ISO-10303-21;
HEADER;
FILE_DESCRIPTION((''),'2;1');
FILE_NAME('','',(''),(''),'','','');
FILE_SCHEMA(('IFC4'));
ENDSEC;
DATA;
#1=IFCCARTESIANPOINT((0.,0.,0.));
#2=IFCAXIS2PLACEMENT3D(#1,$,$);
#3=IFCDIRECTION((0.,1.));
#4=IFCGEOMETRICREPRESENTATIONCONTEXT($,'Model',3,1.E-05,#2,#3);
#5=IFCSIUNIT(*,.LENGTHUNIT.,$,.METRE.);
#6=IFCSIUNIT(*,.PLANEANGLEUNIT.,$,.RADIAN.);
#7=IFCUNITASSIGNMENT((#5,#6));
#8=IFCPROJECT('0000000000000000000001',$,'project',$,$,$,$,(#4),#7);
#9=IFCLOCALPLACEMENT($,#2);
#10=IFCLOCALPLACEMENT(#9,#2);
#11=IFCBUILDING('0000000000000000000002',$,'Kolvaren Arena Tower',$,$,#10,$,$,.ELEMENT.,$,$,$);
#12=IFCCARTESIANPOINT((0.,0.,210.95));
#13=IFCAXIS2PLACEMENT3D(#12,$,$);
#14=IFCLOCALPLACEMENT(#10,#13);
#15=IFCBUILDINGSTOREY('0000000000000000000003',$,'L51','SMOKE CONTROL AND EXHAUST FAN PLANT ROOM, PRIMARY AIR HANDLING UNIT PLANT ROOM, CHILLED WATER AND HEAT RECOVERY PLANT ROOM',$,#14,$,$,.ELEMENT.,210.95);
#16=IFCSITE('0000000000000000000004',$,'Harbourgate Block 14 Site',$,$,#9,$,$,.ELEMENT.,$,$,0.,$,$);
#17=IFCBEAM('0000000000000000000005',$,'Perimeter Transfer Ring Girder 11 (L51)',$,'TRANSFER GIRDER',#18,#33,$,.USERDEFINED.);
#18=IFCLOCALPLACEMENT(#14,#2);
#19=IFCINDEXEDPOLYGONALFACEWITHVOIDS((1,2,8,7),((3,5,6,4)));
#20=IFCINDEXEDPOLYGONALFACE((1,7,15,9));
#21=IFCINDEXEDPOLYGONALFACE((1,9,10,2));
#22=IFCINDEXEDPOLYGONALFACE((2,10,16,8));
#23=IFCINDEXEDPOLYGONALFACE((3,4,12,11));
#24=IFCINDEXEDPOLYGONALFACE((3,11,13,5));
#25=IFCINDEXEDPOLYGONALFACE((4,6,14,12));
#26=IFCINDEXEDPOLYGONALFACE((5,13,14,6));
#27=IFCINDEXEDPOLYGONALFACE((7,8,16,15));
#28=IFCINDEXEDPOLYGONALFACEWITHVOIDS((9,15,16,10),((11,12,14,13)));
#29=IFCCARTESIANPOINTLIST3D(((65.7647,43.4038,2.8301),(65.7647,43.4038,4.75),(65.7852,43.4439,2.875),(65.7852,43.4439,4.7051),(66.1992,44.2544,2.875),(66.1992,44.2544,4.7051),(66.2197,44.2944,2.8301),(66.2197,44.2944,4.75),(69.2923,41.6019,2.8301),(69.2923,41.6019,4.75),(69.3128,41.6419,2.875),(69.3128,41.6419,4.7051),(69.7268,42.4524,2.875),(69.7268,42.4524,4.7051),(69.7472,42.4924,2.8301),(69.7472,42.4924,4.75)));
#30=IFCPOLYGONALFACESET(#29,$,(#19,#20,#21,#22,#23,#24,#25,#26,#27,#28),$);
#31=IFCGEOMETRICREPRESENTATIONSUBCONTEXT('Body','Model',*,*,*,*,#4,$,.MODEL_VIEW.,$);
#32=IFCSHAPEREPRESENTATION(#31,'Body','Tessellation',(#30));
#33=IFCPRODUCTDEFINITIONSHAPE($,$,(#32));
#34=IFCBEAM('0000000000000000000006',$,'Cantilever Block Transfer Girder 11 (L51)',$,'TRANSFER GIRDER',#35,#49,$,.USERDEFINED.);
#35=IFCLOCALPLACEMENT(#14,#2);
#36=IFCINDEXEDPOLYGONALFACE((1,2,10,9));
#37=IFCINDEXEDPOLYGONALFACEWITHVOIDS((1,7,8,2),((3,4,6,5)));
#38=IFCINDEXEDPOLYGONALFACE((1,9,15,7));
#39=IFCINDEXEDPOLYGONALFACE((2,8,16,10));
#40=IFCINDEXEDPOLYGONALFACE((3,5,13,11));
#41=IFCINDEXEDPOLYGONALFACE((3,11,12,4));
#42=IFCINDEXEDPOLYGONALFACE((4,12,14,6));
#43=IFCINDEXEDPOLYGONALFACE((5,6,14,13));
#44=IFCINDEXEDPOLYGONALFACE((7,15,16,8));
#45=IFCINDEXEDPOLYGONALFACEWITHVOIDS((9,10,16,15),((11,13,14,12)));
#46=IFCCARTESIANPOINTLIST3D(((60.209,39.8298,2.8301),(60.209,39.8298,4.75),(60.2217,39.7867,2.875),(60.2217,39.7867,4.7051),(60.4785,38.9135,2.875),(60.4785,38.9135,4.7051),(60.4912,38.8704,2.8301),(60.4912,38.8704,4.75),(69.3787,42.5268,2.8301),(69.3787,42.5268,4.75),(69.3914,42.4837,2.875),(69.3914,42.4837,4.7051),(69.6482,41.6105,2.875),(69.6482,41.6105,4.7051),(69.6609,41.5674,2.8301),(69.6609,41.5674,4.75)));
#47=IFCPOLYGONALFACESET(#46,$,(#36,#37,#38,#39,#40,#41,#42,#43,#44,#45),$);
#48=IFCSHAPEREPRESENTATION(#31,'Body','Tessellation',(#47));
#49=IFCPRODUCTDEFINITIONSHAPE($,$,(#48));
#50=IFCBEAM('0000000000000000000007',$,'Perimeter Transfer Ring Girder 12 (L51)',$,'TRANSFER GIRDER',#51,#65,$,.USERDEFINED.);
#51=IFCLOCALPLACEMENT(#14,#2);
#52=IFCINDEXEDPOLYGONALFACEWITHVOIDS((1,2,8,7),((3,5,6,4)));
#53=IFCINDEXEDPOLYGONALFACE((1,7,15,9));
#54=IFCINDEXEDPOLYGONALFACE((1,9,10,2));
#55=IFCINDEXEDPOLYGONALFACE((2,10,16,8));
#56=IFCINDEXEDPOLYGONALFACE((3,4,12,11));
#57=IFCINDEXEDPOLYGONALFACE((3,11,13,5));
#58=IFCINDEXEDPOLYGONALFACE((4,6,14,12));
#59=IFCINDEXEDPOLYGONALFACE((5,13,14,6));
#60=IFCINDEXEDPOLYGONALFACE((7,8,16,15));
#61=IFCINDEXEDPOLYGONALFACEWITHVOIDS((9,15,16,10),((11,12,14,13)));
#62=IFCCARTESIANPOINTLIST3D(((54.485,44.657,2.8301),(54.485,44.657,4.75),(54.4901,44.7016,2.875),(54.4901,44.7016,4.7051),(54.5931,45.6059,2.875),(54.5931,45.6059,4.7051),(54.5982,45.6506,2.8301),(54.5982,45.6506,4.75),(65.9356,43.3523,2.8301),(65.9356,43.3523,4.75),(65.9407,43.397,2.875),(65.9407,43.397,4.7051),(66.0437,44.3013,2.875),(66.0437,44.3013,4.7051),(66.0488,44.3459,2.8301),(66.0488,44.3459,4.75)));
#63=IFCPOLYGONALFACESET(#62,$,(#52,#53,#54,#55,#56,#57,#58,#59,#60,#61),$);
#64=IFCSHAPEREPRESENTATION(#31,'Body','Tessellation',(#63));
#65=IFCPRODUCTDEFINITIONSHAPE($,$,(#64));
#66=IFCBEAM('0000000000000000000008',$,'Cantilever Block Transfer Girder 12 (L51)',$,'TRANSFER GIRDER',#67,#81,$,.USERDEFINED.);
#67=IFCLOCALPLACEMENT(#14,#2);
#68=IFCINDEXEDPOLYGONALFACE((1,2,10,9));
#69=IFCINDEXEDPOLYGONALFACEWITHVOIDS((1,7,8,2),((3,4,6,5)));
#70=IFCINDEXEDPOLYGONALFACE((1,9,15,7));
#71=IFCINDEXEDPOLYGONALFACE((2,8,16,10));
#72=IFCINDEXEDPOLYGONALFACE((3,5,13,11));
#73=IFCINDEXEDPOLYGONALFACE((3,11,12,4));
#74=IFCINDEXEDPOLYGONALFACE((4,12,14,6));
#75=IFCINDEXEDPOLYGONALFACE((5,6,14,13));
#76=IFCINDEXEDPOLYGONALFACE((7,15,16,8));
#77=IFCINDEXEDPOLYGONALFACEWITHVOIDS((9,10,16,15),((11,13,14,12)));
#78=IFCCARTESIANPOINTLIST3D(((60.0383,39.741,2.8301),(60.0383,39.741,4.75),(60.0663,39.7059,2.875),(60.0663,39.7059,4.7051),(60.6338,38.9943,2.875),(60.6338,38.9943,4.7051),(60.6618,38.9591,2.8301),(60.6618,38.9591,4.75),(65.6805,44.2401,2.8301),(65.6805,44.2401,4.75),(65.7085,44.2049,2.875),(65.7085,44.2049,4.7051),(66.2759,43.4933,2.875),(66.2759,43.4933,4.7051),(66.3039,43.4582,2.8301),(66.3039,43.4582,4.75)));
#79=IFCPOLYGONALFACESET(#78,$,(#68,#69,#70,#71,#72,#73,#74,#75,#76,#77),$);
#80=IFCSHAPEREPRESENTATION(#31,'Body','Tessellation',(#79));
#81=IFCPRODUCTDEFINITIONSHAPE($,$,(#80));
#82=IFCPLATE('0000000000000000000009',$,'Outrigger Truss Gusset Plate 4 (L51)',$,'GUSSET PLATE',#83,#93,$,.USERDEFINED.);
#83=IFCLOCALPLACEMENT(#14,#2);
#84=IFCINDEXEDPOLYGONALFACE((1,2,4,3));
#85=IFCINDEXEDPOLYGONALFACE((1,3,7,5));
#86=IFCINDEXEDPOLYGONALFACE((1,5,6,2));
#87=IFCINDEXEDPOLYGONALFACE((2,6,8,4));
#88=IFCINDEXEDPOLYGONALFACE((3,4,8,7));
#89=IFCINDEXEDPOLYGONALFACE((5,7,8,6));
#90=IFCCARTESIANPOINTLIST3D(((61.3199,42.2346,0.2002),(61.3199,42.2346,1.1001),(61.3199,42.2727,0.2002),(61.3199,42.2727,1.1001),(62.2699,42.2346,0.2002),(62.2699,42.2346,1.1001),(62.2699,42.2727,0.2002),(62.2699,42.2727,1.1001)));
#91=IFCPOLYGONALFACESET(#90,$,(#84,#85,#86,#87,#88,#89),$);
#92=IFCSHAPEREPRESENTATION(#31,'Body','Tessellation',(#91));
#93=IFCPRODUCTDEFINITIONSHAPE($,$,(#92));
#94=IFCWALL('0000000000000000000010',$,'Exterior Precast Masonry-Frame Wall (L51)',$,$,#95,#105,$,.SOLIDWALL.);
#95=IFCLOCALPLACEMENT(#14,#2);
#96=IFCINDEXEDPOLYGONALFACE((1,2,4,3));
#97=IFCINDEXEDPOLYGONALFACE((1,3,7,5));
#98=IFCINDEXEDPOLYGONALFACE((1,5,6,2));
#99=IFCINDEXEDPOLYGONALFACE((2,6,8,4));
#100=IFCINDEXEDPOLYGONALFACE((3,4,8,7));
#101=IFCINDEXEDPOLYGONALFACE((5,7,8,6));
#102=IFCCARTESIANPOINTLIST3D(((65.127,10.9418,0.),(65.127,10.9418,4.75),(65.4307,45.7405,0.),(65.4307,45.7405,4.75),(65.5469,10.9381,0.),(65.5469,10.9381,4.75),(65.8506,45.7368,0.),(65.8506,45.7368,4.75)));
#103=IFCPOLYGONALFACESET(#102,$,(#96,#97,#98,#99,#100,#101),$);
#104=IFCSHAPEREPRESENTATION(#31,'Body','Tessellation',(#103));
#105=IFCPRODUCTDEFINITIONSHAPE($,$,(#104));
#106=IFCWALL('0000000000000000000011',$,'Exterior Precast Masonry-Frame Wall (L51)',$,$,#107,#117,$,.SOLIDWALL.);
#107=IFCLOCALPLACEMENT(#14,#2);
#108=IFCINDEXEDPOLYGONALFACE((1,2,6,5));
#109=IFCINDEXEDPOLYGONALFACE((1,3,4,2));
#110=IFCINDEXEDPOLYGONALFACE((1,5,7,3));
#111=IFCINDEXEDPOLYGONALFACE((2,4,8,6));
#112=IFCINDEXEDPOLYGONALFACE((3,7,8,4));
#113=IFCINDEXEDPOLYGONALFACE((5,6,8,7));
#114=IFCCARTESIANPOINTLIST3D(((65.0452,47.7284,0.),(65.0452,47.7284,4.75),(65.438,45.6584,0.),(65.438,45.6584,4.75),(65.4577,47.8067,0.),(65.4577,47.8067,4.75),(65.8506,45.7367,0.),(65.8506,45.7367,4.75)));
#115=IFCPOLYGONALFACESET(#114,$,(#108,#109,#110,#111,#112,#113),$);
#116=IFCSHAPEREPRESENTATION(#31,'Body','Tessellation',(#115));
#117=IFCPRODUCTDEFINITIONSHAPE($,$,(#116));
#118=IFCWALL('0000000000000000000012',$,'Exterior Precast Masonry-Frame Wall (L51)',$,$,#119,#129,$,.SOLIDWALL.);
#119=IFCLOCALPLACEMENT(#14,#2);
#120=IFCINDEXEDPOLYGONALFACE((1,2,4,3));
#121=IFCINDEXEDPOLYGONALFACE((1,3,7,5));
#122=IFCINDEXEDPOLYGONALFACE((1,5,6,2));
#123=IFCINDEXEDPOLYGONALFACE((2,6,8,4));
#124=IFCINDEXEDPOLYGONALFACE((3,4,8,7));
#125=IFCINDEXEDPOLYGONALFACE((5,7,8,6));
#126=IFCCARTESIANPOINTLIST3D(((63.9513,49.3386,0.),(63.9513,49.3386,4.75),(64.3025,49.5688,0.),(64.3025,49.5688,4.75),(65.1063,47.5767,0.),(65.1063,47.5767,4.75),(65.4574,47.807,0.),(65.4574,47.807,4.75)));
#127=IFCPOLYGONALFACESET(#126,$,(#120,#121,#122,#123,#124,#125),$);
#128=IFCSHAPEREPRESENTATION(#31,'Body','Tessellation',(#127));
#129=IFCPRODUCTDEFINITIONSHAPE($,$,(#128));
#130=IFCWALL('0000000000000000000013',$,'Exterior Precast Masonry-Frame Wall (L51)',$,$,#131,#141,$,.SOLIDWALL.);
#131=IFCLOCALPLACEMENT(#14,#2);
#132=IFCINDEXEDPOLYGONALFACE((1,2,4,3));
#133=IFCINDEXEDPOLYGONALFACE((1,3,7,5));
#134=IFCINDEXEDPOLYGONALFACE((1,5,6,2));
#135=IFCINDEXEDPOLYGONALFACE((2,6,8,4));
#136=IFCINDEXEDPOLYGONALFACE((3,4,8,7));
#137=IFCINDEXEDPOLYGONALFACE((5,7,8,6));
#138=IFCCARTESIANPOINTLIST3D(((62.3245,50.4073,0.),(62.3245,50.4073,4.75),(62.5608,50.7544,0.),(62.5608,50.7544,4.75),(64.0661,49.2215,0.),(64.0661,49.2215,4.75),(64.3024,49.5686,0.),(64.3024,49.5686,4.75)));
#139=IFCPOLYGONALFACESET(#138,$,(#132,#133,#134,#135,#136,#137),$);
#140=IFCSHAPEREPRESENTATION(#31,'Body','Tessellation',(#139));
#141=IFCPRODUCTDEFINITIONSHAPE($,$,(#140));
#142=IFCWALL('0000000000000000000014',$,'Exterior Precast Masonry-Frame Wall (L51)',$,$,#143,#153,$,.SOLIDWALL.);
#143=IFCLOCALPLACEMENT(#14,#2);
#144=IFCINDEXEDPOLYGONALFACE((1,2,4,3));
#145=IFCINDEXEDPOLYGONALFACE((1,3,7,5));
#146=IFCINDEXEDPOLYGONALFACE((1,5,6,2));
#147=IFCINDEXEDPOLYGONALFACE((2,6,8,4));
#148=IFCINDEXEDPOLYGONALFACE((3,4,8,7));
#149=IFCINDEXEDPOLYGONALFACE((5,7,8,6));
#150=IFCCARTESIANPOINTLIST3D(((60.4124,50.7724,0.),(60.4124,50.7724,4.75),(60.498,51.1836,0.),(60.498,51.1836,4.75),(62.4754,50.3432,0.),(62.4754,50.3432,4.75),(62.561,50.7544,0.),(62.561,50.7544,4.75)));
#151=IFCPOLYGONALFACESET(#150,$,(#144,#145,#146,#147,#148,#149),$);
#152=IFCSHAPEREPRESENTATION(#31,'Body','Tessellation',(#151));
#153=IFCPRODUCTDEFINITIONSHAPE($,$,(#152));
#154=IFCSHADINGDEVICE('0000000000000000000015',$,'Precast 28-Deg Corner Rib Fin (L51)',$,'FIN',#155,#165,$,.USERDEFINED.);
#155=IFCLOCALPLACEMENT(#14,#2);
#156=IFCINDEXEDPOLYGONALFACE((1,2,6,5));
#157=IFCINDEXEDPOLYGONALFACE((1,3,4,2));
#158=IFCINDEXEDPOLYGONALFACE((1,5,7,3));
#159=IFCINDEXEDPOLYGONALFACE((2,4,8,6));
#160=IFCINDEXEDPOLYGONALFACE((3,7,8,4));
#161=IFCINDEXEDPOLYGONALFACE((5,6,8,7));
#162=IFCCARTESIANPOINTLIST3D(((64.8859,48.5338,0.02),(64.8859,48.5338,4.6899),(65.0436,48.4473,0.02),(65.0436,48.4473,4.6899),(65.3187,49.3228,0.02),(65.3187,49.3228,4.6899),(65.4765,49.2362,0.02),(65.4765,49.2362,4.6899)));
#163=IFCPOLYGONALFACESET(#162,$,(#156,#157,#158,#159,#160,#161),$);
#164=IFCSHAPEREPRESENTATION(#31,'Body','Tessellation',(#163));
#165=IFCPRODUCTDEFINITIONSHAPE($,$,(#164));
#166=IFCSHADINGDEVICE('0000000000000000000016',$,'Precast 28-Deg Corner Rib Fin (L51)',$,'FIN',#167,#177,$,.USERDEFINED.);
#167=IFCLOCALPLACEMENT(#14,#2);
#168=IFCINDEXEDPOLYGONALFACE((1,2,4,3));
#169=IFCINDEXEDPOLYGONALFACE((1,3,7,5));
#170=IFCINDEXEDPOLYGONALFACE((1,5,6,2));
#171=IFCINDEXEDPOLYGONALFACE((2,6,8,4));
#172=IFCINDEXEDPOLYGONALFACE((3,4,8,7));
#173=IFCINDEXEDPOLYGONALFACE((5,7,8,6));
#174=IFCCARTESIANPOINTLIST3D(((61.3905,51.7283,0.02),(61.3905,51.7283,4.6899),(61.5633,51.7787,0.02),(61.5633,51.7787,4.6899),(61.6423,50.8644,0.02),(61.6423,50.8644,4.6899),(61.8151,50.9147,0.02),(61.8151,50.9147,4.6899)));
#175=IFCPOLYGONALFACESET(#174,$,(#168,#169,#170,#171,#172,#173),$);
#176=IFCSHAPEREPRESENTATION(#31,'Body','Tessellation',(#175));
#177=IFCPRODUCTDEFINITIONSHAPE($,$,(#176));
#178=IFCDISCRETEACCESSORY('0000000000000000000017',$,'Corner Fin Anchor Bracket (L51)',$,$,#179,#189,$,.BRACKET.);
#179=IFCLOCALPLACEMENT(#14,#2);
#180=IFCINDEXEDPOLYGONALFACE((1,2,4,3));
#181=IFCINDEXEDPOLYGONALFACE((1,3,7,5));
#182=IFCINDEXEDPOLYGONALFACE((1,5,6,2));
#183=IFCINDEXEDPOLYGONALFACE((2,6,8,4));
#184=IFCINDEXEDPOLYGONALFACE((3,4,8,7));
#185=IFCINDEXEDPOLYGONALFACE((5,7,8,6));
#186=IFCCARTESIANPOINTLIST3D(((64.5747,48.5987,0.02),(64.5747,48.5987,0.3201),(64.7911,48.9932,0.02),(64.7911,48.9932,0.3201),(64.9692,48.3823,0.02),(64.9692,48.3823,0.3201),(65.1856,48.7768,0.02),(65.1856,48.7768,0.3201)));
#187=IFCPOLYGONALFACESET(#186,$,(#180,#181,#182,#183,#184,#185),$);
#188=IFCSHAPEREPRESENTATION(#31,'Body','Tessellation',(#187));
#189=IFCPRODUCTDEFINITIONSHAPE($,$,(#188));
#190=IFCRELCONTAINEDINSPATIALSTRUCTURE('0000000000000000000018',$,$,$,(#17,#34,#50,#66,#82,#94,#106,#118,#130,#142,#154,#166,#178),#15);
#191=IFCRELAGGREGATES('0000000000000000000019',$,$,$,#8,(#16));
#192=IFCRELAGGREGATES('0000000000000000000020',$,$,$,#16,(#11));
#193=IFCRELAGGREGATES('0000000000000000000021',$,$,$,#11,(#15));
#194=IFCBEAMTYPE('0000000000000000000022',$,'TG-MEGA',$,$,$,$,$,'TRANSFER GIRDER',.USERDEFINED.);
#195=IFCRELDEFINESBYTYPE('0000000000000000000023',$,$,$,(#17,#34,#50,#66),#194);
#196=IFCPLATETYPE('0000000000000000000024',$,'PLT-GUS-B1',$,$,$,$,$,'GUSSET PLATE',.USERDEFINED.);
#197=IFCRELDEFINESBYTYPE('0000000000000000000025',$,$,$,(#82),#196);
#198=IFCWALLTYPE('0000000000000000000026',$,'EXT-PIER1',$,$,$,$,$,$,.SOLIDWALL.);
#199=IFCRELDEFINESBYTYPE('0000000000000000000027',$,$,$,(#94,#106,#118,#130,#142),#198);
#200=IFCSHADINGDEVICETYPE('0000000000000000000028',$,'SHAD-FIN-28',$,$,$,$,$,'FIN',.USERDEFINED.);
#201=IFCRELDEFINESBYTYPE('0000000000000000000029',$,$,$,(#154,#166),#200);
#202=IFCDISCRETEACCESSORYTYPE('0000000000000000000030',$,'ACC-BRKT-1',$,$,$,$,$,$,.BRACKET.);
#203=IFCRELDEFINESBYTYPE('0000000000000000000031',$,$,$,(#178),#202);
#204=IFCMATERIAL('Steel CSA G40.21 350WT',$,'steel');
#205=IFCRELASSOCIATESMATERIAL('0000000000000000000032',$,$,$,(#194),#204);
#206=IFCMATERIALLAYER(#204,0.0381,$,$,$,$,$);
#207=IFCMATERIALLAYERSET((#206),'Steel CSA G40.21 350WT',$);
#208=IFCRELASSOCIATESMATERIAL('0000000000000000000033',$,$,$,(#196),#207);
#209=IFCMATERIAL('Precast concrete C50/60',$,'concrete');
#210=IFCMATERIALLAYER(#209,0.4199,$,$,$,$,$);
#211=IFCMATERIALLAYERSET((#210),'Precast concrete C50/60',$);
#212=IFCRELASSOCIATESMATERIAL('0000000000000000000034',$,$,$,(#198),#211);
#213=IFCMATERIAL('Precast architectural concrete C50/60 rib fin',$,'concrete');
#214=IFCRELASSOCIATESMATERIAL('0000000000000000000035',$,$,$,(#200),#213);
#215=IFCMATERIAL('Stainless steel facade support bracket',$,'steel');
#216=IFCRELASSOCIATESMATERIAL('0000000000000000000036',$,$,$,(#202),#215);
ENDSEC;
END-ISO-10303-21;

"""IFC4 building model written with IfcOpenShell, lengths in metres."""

from ifc_helpers import new_model, si_unit, direction, frame, frame_2d, origin, origin_2d, place, context, subcontext, project, spatial, rectangle, hollow_rectangle, extrude, material, layer, layer_set, material_profile, profile_set, type_object, element, save


model = new_model("IFC4")

# Units and contexts
model_context = context("Model", 3, precision=1e-05, world=origin(), true_north=direction((0.0, 1.0)))
body_context = subcontext(model_context, "Body", "Model", "MODEL_VIEW")
ifc_project = project(units=[si_unit("LENGTHUNIT", "METRE"), si_unit("PLANEANGLEUNIT", "RADIAN")], contexts=[model_context])

# Site, building, storey
site_placement = place(None, origin())
site = spatial("IfcSite", under=ifc_project, at=site_placement, Name="Harbourgate Block 14 Site", CompositionType="ELEMENT", RefElevation=0.0)
building_placement = place(site_placement, origin())
building = spatial("IfcBuilding", under=site, at=building_placement, Name="Kolvaren Arena Tower", CompositionType="ELEMENT")
storey_placement = place(building_placement, frame((0.0, 0.0, 210.95)))
storey = spatial("IfcBuildingStorey", under=building, at=storey_placement, Name="L51", Description="SMOKE CONTROL AND EXHAUST FAN PLANT ROOM, PRIMARY AIR HANDLING UNIT PLANT ROOM, CHILLED WATER AND HEAT RECOVERY PLANT ROOM", CompositionType="ELEMENT", Elevation=210.95)

# Shared definitions
ifc_material_1 = material(Name="Steel CSA G40.21 350WT", Category="steel")

# Beams
ifc_material_profile_1 = material_profile(ifc_material_1, hollow_rectangle(XDim=1.0, YDim=1.9199, WallThickness=0.0449, at=origin_2d()), Name="BOX 1000x1920x45")
ifc_profile_set_1 = profile_set([ifc_material_profile_1], Name="Steel CSA G40.21 350WT")
beam_type_1 = type_object("IfcBeamType", Name="TG-MEGA", ElementType="TRANSFER GIRDER", PredefinedType="USERDEFINED", material=ifc_profile_set_1)
beam_1_placement = place(storey_placement, frame((69.5198, 42.0471, 3.79), z_axis=(-0.890536, 0.454913, 0.0), x_axis=(-0.454913, -0.890536, 0.0)))
element("IfcBeam", 1, at=beam_1_placement, inside=storey, type_object=beam_type_1, Name="Perimeter Transfer Ring Girder 11 (L51)", ObjectType="TRANSFER GIRDER", PredefinedType="USERDEFINED", context=body_context, shape_type="SweptSolid", body=[
    extrude(hollow_rectangle(XDim=1.0, YDim=1.9199, WallThickness=0.0449, at=origin_2d()), origin(), (0.0, 0.0, 1.0), 3.9612),
])
beam_2_placement = place(storey_placement, frame((69.5198, 42.0471, 3.79), z_axis=(-0.959364, -0.282172, 0.0), x_axis=(0.282172, -0.959364, 0.0)))
element("IfcBeam", 2, at=beam_2_placement, inside=storey, type_object=beam_type_1, Name="Cantilever Block Transfer Girder 11 (L51)", ObjectType="TRANSFER GIRDER", PredefinedType="USERDEFINED", context=body_context, shape_type="SweptSolid", body=[
    extrude(hollow_rectangle(XDim=1.0, YDim=1.9199, WallThickness=0.0449, at=origin_2d()), origin(), (0.0, 0.0, 1.0), 9.5581),
])
beam_3_placement = place(storey_placement, frame((65.9922, 43.8491, 3.79), z_axis=(-0.993571, 0.113207, 0.0), x_axis=(-0.113207, -0.993571, 0.0)))
element("IfcBeam", 3, at=beam_3_placement, inside=storey, type_object=beam_type_1, Name="Perimeter Transfer Ring Girder 12 (L51)", ObjectType="TRANSFER GIRDER", PredefinedType="USERDEFINED", context=body_context, shape_type="SweptSolid", body=[
    extrude(hollow_rectangle(XDim=1.0, YDim=1.9199, WallThickness=0.0449, at=origin_2d()), origin(), (0.0, 0.0, 1.0), 11.5247),
])
beam_4_placement = place(storey_placement, frame((65.9922, 43.8491, 3.79), z_axis=(-0.781858, -0.623457, 0.0), x_axis=(0.623457, -0.781858, 0.0)))
element("IfcBeam", 4, at=beam_4_placement, inside=storey, type_object=beam_type_1, Name="Cantilever Block Transfer Girder 12 (L51)", ObjectType="TRANSFER GIRDER", PredefinedType="USERDEFINED", context=body_context, shape_type="SweptSolid", body=[
    extrude(hollow_rectangle(XDim=1.0, YDim=1.9199, WallThickness=0.0449, at=origin_2d()), origin(), (0.0, 0.0, 1.0), 7.2163),
])

# Plate
ifc_layer_1 = layer(ifc_material_1, 0.0381)
ifc_layer_set_1 = layer_set([ifc_layer_1], Name="Steel CSA G40.21 350WT")
plate_type = type_object("IfcPlateType", Name="PLT-GUS-B1", ElementType="GUSSET PLATE", PredefinedType="USERDEFINED", material=ifc_layer_set_1)
plate_placement = place(storey_placement, frame((61.7949, 42.2537, 0.2002), z_axis=(0.0, 0.0, 1.0), x_axis=(1.0, 0.0, 0.0)))
element("IfcPlate", 5, at=plate_placement, inside=storey, type_object=plate_type, Name="Outrigger Truss Gusset Plate 4 (L51)", ObjectType="GUSSET PLATE", PredefinedType="USERDEFINED", context=body_context, shape_type="SweptSolid", body=[
    extrude(rectangle(XDim=0.95, YDim=0.0381, at=origin_2d()), origin(), (0.0, 0.0, 1.0), 0.8999),
])

# Walls
ifc_material_2 = material(Name="Precast concrete C50/60", Category="concrete")
ifc_layer_2 = layer(ifc_material_2, 0.4199)
ifc_layer_set_2 = layer_set([ifc_layer_2], Name="Precast concrete C50/60")
wall_type = type_object("IfcWallType", Name="EXT-PIER1", PredefinedType="SOLIDWALL", material=ifc_layer_set_2)
wall_1_placement = place(storey_placement, frame((65.6406, 45.7385, 0.0), z_axis=(0.0, 0.0, 1.0), x_axis=(-0.008727, -0.999962, 0.0)))
element("IfcWall", 6, at=wall_1_placement, inside=storey, type_object=wall_type, Name="Exterior Precast Masonry-Frame Wall (L51)", PredefinedType="SOLIDWALL", context=body_context, shape_type="SweptSolid", body=[
    extrude(rectangle(XDim=34.8, YDim=0.4199, at=frame_2d((17.3999, 0.0))), origin(), (0.0, 0.0, 1.0), 4.75),
])
wall_2_placement = place(storey_placement, frame((65.2515, 47.7676, 0.0), z_axis=(0.0, 0.0, 1.0), x_axis=(0.186436, -0.982467, 0.0)))
element("IfcWall", 7, at=wall_2_placement, inside=storey, type_object=wall_type, Name="Exterior Precast Masonry-Frame Wall (L51)", PredefinedType="SOLIDWALL", context=body_context, shape_type="SweptSolid", body=[
    extrude(rectangle(XDim=2.1069, YDim=0.4199, at=frame_2d((1.0535, 0.0))), origin(), (0.0, 0.0, 1.0), 4.75),
])
wall_3_placement = place(storey_placement, frame((64.127, 49.4536, 0.0), z_axis=(0.0, 0.0, 1.0), x_axis=(0.548239, -0.836322, 0.0)))
element("IfcWall", 8, at=wall_3_placement, inside=storey, type_object=wall_type, Name="Exterior Precast Masonry-Frame Wall (L51)", PredefinedType="SOLIDWALL", context=body_context, shape_type="SweptSolid", body=[
    extrude(rectangle(XDim=2.1067, YDim=0.4199, at=frame_2d((1.0532, 0.0))), origin(), (0.0, 0.0, 1.0), 4.75),
])
wall_4_placement = place(storey_placement, frame((62.4426, 50.5808, 0.0), z_axis=(0.0, 0.0, 1.0), x_axis=(0.82661, -0.562776, 0.0)))
element("IfcWall", 9, at=wall_4_placement, inside=storey, type_object=wall_type, Name="Exterior Precast Masonry-Frame Wall (L51)", PredefinedType="SOLIDWALL", context=body_context, shape_type="SweptSolid", body=[
    extrude(rectangle(XDim=2.1069, YDim=0.4199, at=frame_2d((1.0535, 0.0))), origin(), (0.0, 0.0, 1.0), 4.75),
])
wall_5_placement = place(storey_placement, frame((60.4551, 50.978, 0.0), z_axis=(0.0, 0.0, 1.0), x_axis=(0.979036, -0.203686, 0.0)))
element("IfcWall", 10, at=wall_5_placement, inside=storey, type_object=wall_type, Name="Exterior Precast Masonry-Frame Wall (L51)", PredefinedType="SOLIDWALL", context=body_context, shape_type="SweptSolid", body=[
    extrude(rectangle(XDim=2.1072, YDim=0.4199, at=frame_2d((1.0537, 0.0))), origin(), (0.0, 0.0, 1.0), 4.75),
])

# Shading devices
ifc_material_3 = material(Name="Precast architectural concrete C50/60 rib fin", Category="concrete")
shading_device_type = type_object("IfcShadingDeviceType", Name="SHAD-FIN-28", ElementType="FIN", PredefinedType="USERDEFINED", material=ifc_material_3)
for number, where, z_axis, x_axis, name in (
    (11, (65.1812, 48.885, 0.02), (0.0, 0.0, 1.0), (0.480995, 0.876723, 0.0), "Precast 28-Deg Corner Rib Fin (L51)"),
    (12, (61.6028, 51.3215, 0.02), (0.0, 0.0, 1.0), (-0.279812, 0.960055, 0.0), "Precast 28-Deg Corner Rib Fin (L51)"),
):
    element("IfcShadingDevice", number, at=place(storey_placement, frame(where, z_axis=z_axis, x_axis=x_axis)), inside=storey, type_object=shading_device_type, Name=name, ObjectType="FIN", PredefinedType="USERDEFINED", context=body_context, shape_type="SweptSolid", body=[
        extrude(rectangle(XDim=0.8999, YDim=0.1799, at=origin_2d()), origin(), (0.0, 0.0, 1.0), 4.6699),
    ])

# Discrete accessory
ifc_material_4 = material(Name="Stainless steel facade support bracket", Category="steel")
discrete_accessory_type_1 = type_object("IfcDiscreteAccessoryType", Name="ACC-BRKT-1", PredefinedType="BRACKET", material=ifc_material_4)
for number, where, z_axis, x_axis, name in (
    (13, (64.8801, 48.6877, 0.02), (0.0, 0.0, 1.0), (0.480995, 0.876723, 0.0), "Corner Fin Anchor Bracket (L51)"),
):
    element("IfcDiscreteAccessory", number, at=place(storey_placement, frame(where, z_axis=z_axis, x_axis=x_axis)), inside=storey, type_object=discrete_accessory_type_1, Name=name, PredefinedType="BRACKET", context=body_context, shape_type="SweptSolid", body=[
        extrude(rectangle(XDim=0.45, YDim=0.45, at=origin_2d()), origin(), (0.0, 0.0, 1.0), 0.3),
    ])

save(model, "model.ifc")
